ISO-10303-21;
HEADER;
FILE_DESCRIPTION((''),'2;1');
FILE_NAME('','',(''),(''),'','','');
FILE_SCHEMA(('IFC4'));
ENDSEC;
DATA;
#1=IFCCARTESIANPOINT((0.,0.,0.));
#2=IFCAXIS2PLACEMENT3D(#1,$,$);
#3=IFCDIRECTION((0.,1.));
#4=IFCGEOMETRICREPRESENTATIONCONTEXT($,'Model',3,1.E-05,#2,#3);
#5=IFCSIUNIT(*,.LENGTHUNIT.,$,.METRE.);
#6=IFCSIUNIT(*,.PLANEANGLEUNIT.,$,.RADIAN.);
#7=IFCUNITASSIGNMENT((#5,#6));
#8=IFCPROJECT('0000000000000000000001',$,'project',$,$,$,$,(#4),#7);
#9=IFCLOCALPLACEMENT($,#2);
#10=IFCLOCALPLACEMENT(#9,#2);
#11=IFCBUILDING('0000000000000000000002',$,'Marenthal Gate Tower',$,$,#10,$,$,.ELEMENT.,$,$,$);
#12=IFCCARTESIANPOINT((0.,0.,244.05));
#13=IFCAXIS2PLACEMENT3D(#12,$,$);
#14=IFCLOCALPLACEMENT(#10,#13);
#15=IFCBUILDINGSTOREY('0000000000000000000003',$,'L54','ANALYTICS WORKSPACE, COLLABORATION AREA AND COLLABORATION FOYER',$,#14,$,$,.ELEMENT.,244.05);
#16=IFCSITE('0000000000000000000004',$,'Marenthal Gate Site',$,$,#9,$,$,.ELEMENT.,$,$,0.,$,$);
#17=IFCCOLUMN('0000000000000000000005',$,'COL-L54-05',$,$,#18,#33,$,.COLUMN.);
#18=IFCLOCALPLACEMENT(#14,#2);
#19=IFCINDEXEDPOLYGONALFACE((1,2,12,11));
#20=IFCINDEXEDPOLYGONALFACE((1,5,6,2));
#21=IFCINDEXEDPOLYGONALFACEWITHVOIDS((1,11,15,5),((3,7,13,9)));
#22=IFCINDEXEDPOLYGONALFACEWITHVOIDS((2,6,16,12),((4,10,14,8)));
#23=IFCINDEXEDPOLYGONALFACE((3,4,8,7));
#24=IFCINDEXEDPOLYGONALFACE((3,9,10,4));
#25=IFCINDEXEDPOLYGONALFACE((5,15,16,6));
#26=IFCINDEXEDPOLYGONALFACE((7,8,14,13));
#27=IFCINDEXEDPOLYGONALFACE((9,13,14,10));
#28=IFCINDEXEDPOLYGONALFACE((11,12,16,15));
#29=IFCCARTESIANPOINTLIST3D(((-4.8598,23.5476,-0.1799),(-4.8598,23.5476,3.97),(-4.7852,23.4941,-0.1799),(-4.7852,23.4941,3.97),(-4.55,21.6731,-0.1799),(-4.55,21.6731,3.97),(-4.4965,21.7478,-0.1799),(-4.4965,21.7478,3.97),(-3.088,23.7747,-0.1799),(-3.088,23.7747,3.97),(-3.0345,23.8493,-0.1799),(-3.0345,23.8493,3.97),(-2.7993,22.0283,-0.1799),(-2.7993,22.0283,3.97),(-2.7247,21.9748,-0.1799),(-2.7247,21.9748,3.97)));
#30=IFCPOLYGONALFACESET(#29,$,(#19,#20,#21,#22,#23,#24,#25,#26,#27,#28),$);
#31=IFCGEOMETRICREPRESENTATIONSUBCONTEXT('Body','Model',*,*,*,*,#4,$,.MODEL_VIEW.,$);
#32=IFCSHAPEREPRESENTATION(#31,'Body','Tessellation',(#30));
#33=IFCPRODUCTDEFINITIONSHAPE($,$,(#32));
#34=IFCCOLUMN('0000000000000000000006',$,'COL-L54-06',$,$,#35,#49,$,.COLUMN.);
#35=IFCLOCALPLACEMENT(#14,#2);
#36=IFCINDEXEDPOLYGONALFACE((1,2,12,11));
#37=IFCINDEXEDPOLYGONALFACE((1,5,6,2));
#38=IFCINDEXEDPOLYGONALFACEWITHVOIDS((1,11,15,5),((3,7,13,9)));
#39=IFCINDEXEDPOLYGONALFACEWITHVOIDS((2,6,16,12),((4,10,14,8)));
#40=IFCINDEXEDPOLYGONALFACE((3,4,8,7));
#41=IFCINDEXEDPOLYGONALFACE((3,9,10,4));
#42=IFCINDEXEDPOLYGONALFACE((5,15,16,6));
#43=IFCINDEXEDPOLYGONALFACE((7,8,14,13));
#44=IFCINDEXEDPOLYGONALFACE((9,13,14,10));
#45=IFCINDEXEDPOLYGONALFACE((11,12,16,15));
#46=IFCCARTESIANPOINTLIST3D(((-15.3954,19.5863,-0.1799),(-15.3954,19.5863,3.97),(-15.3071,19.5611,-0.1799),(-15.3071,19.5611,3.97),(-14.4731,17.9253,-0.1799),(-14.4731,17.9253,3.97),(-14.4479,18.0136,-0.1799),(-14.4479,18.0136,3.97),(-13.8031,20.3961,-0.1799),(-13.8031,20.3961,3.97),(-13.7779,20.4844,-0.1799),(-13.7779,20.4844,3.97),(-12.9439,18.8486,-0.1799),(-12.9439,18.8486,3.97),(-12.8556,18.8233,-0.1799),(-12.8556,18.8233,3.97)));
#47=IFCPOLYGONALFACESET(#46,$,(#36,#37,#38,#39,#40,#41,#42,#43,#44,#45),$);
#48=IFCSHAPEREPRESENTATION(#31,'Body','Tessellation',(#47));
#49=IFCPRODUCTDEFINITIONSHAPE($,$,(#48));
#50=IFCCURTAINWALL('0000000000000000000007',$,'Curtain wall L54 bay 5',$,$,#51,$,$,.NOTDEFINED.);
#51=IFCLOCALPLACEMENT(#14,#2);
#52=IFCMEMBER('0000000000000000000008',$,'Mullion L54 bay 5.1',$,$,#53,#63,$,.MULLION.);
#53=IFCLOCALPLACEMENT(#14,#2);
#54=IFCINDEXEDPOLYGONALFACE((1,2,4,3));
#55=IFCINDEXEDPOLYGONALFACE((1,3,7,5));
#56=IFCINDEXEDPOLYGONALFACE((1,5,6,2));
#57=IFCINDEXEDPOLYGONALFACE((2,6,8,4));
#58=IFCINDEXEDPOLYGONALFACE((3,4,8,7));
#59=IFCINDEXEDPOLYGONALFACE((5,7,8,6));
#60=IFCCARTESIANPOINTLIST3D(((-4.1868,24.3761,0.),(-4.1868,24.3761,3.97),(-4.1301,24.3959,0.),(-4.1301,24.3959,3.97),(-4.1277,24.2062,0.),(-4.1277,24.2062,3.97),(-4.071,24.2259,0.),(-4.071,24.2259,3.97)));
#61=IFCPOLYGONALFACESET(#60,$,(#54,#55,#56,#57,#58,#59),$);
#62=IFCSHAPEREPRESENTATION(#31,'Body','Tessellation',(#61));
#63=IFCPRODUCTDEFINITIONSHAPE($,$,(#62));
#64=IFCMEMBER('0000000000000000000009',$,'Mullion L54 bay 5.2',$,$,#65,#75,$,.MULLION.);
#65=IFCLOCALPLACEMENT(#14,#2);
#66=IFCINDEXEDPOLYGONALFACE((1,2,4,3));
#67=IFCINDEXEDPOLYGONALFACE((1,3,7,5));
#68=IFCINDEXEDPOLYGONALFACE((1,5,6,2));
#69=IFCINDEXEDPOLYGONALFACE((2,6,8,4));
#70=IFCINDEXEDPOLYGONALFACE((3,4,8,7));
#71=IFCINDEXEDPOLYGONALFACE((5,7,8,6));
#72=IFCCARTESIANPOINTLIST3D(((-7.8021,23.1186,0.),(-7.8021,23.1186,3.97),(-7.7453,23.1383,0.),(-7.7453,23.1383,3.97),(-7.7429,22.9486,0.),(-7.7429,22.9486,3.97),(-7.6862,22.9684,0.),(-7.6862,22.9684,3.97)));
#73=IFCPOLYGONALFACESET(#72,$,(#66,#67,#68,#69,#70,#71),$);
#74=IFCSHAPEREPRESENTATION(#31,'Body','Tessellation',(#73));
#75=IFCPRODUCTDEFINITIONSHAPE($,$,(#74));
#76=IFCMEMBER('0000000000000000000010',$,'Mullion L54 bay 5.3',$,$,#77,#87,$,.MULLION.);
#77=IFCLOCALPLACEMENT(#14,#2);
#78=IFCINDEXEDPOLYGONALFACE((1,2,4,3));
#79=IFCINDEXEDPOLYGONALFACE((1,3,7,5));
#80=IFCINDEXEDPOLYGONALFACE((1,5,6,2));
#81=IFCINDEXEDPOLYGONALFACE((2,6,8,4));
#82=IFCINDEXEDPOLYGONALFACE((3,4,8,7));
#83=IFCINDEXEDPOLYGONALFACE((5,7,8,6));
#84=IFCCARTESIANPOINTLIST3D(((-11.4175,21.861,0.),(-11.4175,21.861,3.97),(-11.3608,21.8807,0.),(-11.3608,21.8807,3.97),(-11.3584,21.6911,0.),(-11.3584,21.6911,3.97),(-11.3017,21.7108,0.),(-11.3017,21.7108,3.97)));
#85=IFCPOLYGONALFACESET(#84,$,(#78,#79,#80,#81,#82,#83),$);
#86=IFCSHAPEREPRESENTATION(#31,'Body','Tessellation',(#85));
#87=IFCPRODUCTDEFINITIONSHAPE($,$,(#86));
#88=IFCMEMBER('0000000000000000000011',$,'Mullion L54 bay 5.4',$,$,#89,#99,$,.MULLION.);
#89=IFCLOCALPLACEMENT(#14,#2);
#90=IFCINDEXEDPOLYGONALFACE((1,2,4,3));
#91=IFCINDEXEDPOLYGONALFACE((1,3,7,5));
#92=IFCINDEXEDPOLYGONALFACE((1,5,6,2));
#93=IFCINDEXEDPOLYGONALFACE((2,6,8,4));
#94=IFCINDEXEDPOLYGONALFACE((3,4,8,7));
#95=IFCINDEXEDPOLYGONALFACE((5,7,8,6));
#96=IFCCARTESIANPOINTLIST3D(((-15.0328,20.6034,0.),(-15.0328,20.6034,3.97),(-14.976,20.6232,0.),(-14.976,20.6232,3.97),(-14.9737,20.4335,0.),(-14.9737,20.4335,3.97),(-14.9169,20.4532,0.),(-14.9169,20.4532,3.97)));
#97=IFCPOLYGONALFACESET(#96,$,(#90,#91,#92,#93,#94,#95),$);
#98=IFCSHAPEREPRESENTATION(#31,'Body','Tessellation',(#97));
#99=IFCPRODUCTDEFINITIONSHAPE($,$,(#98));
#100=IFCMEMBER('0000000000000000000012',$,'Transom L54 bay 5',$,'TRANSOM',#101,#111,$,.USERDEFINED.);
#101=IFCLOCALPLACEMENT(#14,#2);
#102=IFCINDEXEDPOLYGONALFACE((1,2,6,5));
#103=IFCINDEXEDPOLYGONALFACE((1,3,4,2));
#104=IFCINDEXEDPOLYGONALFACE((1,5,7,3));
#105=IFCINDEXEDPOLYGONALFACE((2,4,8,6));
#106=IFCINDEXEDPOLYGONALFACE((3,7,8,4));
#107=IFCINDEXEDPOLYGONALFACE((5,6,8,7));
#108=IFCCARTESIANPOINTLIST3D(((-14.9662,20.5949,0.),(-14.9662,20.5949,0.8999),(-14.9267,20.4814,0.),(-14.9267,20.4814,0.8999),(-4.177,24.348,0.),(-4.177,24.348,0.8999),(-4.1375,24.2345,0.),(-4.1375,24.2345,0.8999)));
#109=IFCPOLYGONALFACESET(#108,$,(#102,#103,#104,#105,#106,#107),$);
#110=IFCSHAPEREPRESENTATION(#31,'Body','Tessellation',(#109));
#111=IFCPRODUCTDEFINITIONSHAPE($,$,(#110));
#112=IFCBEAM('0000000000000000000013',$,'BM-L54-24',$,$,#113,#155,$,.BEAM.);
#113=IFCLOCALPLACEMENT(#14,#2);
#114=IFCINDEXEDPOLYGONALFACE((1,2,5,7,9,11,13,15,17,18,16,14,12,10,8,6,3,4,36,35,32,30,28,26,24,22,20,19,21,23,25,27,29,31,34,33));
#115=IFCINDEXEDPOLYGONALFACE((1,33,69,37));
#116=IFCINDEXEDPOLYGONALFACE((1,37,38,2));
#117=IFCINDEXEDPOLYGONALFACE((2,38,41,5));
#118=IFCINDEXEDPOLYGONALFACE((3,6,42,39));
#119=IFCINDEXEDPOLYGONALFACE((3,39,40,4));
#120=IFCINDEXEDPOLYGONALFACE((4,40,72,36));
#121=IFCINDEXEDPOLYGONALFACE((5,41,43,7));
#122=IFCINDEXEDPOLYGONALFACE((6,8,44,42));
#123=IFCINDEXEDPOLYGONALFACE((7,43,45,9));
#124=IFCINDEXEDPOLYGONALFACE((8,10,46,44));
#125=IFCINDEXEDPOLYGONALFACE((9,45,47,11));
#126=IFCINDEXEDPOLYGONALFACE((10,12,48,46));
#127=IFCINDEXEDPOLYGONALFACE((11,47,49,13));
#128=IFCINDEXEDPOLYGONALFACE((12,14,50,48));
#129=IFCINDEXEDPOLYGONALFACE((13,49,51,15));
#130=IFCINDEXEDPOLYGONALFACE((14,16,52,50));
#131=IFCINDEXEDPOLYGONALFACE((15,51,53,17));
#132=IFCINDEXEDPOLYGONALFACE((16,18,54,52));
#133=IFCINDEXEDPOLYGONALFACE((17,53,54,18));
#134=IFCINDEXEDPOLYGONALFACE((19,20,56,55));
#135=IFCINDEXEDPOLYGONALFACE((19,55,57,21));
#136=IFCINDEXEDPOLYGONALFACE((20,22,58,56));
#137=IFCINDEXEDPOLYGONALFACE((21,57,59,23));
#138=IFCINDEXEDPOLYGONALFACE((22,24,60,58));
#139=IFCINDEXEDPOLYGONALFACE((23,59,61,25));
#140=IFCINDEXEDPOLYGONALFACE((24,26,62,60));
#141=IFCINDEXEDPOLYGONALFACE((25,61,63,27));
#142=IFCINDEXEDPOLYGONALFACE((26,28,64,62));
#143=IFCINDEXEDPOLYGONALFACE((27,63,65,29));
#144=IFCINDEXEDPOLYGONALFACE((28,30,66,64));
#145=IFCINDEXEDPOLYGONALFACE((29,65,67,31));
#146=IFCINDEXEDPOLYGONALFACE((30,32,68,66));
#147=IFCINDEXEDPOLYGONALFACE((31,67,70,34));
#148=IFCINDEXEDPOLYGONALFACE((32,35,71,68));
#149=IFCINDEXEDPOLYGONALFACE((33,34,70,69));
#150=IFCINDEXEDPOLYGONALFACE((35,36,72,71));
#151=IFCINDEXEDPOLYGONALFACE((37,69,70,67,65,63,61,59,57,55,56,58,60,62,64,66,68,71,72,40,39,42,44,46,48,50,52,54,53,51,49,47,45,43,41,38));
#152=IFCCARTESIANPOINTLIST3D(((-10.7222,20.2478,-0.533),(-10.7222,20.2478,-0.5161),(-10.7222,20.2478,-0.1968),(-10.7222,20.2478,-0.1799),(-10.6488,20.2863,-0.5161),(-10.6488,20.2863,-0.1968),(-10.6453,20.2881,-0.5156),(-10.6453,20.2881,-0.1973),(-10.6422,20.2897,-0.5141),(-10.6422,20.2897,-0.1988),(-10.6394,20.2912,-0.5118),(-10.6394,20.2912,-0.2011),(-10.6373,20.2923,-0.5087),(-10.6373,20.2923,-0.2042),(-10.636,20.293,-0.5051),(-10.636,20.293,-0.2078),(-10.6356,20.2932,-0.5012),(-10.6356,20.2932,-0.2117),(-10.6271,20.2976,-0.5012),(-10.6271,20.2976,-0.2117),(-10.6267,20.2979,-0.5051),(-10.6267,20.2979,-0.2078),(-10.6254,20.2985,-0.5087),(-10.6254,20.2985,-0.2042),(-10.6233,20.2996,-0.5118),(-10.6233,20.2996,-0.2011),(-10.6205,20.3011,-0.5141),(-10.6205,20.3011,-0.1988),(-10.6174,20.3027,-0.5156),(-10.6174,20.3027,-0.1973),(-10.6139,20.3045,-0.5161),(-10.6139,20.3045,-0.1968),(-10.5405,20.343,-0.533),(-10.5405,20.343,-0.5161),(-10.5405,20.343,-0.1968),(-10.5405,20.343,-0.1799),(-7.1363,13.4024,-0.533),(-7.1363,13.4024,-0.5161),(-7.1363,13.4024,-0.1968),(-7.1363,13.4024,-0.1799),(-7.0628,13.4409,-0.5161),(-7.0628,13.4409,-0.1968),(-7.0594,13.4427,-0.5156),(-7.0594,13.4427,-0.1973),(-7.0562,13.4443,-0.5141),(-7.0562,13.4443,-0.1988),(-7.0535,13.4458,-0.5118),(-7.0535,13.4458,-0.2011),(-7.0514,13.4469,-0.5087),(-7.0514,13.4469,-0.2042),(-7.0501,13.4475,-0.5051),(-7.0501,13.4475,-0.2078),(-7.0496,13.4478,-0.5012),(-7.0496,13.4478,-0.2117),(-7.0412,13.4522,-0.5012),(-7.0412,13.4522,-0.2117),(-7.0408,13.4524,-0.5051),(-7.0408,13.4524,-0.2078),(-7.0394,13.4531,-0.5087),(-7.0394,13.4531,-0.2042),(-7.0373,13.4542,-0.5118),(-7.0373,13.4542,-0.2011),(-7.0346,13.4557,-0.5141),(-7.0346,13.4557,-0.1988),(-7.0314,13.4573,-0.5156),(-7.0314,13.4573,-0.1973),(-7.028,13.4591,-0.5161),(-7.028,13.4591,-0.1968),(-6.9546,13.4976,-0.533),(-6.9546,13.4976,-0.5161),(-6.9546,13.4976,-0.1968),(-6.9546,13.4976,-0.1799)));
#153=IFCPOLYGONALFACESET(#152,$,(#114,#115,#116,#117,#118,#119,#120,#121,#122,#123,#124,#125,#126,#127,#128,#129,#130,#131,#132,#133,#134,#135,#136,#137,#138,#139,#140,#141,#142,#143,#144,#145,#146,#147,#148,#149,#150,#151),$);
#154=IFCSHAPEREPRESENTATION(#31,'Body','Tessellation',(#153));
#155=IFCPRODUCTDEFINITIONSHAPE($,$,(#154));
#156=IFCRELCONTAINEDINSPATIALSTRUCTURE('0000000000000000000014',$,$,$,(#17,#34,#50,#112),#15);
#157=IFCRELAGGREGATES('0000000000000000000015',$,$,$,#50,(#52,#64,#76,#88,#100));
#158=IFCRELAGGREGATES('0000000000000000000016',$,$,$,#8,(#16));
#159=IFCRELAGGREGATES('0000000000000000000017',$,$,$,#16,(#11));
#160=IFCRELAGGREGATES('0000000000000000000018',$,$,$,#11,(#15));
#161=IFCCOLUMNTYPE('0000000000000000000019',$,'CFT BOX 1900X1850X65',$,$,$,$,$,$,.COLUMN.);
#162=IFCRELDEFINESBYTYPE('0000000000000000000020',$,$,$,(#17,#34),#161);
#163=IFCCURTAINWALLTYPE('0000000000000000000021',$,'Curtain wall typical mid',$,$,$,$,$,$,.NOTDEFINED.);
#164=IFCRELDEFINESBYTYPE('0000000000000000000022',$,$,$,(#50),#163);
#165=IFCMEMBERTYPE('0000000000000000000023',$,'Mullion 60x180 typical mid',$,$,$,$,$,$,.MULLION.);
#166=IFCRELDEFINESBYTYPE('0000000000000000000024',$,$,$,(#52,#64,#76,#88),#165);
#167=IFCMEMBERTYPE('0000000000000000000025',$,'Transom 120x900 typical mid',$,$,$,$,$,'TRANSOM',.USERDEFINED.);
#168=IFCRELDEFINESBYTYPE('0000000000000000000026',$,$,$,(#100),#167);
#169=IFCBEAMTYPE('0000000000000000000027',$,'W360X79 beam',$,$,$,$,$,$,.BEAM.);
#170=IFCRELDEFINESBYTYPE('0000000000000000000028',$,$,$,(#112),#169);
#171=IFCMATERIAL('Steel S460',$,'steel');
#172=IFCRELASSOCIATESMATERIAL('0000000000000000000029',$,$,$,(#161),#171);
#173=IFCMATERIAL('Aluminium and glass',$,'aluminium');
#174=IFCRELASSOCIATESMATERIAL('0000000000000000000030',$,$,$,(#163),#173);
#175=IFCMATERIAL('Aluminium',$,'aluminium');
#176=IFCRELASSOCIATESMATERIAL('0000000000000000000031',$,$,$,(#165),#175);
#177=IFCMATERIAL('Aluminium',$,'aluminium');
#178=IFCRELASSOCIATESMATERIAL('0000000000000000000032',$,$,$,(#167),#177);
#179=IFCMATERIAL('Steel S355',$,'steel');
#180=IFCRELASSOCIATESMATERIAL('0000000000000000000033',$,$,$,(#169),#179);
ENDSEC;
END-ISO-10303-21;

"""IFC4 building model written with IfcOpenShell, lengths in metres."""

from ifc_helpers import new_model, si_unit, direction, frame, origin, origin_2d, place, context, subcontext, project, spatial, rectangle, hollow_rectangle, i_section, extrude, material, material_profile, profile_set, type_object, element, aggregate, save


model = new_model("IFC4")

# Units and contexts
model_context = context("Model", 3, precision=1e-05, world=origin(), true_north=direction((0.0, 1.0)))
body_context = subcontext(model_context, "Body", "Model", "MODEL_VIEW")
ifc_project = project(units=[si_unit("LENGTHUNIT", "METRE"), si_unit("PLANEANGLEUNIT", "RADIAN")], contexts=[model_context])

# Site, building, storey
site_placement = place(None, origin())
site = spatial("IfcSite", under=ifc_project, at=site_placement, Name="Marenthal Gate Site", CompositionType="ELEMENT", RefElevation=0.0)
building_placement = place(site_placement, origin())
building = spatial("IfcBuilding", under=site, at=building_placement, Name="Marenthal Gate Tower", CompositionType="ELEMENT")
storey_placement = place(building_placement, frame((0.0, 0.0, 244.05)))
storey = spatial("IfcBuildingStorey", under=building, at=storey_placement, Name="L54", Description="ANALYTICS WORKSPACE, COLLABORATION AREA AND COLLABORATION FOYER", CompositionType="ELEMENT", Elevation=244.05)

# Columns
ifc_material_1 = material(Name="Steel S460", Category="steel")
ifc_material_profile_1 = material_profile(ifc_material_1, hollow_rectangle(XDim=1.8501, YDim=1.8999, WallThickness=0.0649, at=origin_2d()), Name="CFT BOX 1900X1850X65")
ifc_material_2 = material(Name="Concrete 70 MPa", Category="concrete")
ifc_material_profile_2 = material_profile(ifc_material_2, rectangle(XDim=1.72, YDim=1.77, at=origin_2d()), Name="CFT BOX 1900X1850X65 INFILL")
ifc_profile_set_1 = profile_set([ifc_material_profile_1, ifc_material_profile_2], Name="Steel S460 shell, Concrete 70 MPa infill")
column_type = type_object("IfcColumnType", Name="CFT BOX 1900X1850X65", PredefinedType="COLUMN", material=ifc_profile_set_1)
for number, where, z_axis, x_axis, name in (
    (1, (-3.7922, 22.7612, -0.1799), (0.0, 0.0, 1.0), (0.986614, 0.163073, 0.0), "COL-L54-05"),
    (2, (-14.1255, 19.2048, -0.1799), (0.0, 0.0, 1.0), (0.874282, 0.485419, 0.0), "COL-L54-06"),
):
    element("IfcColumn", number, at=place(storey_placement, frame(where, z_axis=z_axis, x_axis=x_axis)), inside=storey, type_object=column_type, Name=name, PredefinedType="COLUMN", context=body_context, shape_type="SweptSolid", body=[
        extrude(hollow_rectangle(XDim=1.8501, YDim=1.8999, WallThickness=0.0649, at=origin_2d()), origin(), (0.0, 0.0, 1.0), 4.1499),
    ])

# Curtain wall, members
ifc_material_3 = material(Name="Aluminium and glass", Category="aluminium")
curtain_wall_type = type_object("IfcCurtainWallType", Name="Curtain wall typical mid", PredefinedType="NOTDEFINED", material=ifc_material_3)
curtain_wall_placement = place(storey_placement, origin())
curtain_wall = element("IfcCurtainWall", 3, at=curtain_wall_placement, inside=storey, type_object=curtain_wall_type, Name="Curtain wall L54 bay 5", PredefinedType="NOTDEFINED")
ifc_material_4 = material(Name="Aluminium", Category="aluminium")
ifc_material_profile_3 = material_profile(ifc_material_4, rectangle(XDim=0.1799, YDim=0.0601, at=origin_2d()), Name="60x180 aluminium mullion")
ifc_profile_set_2 = profile_set([ifc_material_profile_3], Name="Aluminium")
member_type_1 = type_object("IfcMemberType", Name="Mullion 60x180 typical mid", PredefinedType="MULLION", material=ifc_profile_set_2)
member_1_placement = place(storey_placement, frame((-4.1289, 24.301, 0.0), z_axis=(0.0, 0.0, 1.0), x_axis=(0.32854, -0.94449, 0.0)))
member_1 = element("IfcMember", 4, at=member_1_placement, type_object=member_type_1, Name="Mullion L54 bay 5.1", PredefinedType="MULLION", context=body_context, shape_type="SweptSolid", body=[
    extrude(rectangle(XDim=0.1799, YDim=0.0601, at=origin_2d()), origin(), (0.0, 0.0, 1.0), 3.97),
])
member_2_placement = place(storey_placement, frame((-7.7441, 23.0435, 0.0), z_axis=(0.0, 0.0, 1.0), x_axis=(0.32854, -0.94449, 0.0)))
member_2 = element("IfcMember", 5, at=member_2_placement, type_object=member_type_1, Name="Mullion L54 bay 5.2", PredefinedType="MULLION", context=body_context, shape_type="SweptSolid", body=[
    extrude(rectangle(XDim=0.1799, YDim=0.0601, at=origin_2d()), origin(), (0.0, 0.0, 1.0), 3.97),
])
member_3_placement = place(storey_placement, frame((-11.3596, 21.7859, 0.0), z_axis=(0.0, 0.0, 1.0), x_axis=(0.32854, -0.94449, 0.0)))
member_3 = element("IfcMember", 6, at=member_3_placement, type_object=member_type_1, Name="Mullion L54 bay 5.3", PredefinedType="MULLION", context=body_context, shape_type="SweptSolid", body=[
    extrude(rectangle(XDim=0.1799, YDim=0.0601, at=origin_2d()), origin(), (0.0, 0.0, 1.0), 3.97),
])
member_4_placement = place(storey_placement, frame((-14.9749, 20.5283, 0.0), z_axis=(0.0, 0.0, 1.0), x_axis=(0.32854, -0.94449, 0.0)))
member_4 = element("IfcMember", 7, at=member_4_placement, type_object=member_type_1, Name="Mullion L54 bay 5.4", PredefinedType="MULLION", context=body_context, shape_type="SweptSolid", body=[
    extrude(rectangle(XDim=0.1799, YDim=0.0601, at=origin_2d()), origin(), (0.0, 0.0, 1.0), 3.97),
])
ifc_material_5 = material(Name="Aluminium", Category="aluminium")
ifc_material_profile_4 = material_profile(ifc_material_5, rectangle(XDim=0.1201, YDim=0.8999, at=origin_2d()), Name="120x900 aluminium transom")
ifc_profile_set_3 = profile_set([ifc_material_profile_4], Name="Aluminium")
member_type_2 = type_object("IfcMemberType", Name="Transom 120x900 typical mid", ElementType="TRANSOM", PredefinedType="USERDEFINED", material=ifc_profile_set_3)
member_5_placement = place(storey_placement, frame((-4.1572, 24.2913, 0.45), z_axis=(-0.944487, -0.32855, 0.0), x_axis=(0.32855, -0.944487, 0.0)))
member_5 = element("IfcMember", 8, at=member_5_placement, type_object=member_type_2, Name="Transom L54 bay 5", ObjectType="TRANSOM", PredefinedType="USERDEFINED", context=body_context, shape_type="SweptSolid", body=[
    extrude(rectangle(XDim=0.1201, YDim=0.8999, at=origin_2d()), origin(), (0.0, 0.0, 1.0), 11.4233),
])

# Beam
ifc_material_6 = material(Name="Steel S355", Category="steel")
ifc_material_profile_5 = material_profile(ifc_material_6, i_section(OverallWidth=0.2051, OverallDepth=0.353, WebThickness=0.0095, FlangeThickness=0.0168, FilletRadius=0.0149, at=origin_2d()), Name="W360X79")
ifc_profile_set_4 = profile_set([ifc_material_profile_5], Name="Steel S355")
beam_type_1 = type_object("IfcBeamType", Name="W360X79 beam", PredefinedType="BEAM", material=ifc_profile_set_4)
beam_1_placement = place(storey_placement, frame((-10.6313, 20.2954, -0.3564), z_axis=(0.464029, -0.88582, 0.0), x_axis=(0.88582, 0.464029, 0.0)))
element("IfcBeam", 9, at=beam_1_placement, inside=storey, type_object=beam_type_1, Name="BM-L54-24", PredefinedType="BEAM", context=body_context, shape_type="SweptSolid", body=[
    extrude(i_section(OverallWidth=0.2051, OverallDepth=0.353, WebThickness=0.0095, FlangeThickness=0.0168, FilletRadius=0.0149, at=origin_2d()), origin(), (0.0, 0.0, 1.0), 7.7278),
])

aggregate(curtain_wall, [member_1, member_2, member_3, member_4, member_5])

save(model, "model.ifc")
